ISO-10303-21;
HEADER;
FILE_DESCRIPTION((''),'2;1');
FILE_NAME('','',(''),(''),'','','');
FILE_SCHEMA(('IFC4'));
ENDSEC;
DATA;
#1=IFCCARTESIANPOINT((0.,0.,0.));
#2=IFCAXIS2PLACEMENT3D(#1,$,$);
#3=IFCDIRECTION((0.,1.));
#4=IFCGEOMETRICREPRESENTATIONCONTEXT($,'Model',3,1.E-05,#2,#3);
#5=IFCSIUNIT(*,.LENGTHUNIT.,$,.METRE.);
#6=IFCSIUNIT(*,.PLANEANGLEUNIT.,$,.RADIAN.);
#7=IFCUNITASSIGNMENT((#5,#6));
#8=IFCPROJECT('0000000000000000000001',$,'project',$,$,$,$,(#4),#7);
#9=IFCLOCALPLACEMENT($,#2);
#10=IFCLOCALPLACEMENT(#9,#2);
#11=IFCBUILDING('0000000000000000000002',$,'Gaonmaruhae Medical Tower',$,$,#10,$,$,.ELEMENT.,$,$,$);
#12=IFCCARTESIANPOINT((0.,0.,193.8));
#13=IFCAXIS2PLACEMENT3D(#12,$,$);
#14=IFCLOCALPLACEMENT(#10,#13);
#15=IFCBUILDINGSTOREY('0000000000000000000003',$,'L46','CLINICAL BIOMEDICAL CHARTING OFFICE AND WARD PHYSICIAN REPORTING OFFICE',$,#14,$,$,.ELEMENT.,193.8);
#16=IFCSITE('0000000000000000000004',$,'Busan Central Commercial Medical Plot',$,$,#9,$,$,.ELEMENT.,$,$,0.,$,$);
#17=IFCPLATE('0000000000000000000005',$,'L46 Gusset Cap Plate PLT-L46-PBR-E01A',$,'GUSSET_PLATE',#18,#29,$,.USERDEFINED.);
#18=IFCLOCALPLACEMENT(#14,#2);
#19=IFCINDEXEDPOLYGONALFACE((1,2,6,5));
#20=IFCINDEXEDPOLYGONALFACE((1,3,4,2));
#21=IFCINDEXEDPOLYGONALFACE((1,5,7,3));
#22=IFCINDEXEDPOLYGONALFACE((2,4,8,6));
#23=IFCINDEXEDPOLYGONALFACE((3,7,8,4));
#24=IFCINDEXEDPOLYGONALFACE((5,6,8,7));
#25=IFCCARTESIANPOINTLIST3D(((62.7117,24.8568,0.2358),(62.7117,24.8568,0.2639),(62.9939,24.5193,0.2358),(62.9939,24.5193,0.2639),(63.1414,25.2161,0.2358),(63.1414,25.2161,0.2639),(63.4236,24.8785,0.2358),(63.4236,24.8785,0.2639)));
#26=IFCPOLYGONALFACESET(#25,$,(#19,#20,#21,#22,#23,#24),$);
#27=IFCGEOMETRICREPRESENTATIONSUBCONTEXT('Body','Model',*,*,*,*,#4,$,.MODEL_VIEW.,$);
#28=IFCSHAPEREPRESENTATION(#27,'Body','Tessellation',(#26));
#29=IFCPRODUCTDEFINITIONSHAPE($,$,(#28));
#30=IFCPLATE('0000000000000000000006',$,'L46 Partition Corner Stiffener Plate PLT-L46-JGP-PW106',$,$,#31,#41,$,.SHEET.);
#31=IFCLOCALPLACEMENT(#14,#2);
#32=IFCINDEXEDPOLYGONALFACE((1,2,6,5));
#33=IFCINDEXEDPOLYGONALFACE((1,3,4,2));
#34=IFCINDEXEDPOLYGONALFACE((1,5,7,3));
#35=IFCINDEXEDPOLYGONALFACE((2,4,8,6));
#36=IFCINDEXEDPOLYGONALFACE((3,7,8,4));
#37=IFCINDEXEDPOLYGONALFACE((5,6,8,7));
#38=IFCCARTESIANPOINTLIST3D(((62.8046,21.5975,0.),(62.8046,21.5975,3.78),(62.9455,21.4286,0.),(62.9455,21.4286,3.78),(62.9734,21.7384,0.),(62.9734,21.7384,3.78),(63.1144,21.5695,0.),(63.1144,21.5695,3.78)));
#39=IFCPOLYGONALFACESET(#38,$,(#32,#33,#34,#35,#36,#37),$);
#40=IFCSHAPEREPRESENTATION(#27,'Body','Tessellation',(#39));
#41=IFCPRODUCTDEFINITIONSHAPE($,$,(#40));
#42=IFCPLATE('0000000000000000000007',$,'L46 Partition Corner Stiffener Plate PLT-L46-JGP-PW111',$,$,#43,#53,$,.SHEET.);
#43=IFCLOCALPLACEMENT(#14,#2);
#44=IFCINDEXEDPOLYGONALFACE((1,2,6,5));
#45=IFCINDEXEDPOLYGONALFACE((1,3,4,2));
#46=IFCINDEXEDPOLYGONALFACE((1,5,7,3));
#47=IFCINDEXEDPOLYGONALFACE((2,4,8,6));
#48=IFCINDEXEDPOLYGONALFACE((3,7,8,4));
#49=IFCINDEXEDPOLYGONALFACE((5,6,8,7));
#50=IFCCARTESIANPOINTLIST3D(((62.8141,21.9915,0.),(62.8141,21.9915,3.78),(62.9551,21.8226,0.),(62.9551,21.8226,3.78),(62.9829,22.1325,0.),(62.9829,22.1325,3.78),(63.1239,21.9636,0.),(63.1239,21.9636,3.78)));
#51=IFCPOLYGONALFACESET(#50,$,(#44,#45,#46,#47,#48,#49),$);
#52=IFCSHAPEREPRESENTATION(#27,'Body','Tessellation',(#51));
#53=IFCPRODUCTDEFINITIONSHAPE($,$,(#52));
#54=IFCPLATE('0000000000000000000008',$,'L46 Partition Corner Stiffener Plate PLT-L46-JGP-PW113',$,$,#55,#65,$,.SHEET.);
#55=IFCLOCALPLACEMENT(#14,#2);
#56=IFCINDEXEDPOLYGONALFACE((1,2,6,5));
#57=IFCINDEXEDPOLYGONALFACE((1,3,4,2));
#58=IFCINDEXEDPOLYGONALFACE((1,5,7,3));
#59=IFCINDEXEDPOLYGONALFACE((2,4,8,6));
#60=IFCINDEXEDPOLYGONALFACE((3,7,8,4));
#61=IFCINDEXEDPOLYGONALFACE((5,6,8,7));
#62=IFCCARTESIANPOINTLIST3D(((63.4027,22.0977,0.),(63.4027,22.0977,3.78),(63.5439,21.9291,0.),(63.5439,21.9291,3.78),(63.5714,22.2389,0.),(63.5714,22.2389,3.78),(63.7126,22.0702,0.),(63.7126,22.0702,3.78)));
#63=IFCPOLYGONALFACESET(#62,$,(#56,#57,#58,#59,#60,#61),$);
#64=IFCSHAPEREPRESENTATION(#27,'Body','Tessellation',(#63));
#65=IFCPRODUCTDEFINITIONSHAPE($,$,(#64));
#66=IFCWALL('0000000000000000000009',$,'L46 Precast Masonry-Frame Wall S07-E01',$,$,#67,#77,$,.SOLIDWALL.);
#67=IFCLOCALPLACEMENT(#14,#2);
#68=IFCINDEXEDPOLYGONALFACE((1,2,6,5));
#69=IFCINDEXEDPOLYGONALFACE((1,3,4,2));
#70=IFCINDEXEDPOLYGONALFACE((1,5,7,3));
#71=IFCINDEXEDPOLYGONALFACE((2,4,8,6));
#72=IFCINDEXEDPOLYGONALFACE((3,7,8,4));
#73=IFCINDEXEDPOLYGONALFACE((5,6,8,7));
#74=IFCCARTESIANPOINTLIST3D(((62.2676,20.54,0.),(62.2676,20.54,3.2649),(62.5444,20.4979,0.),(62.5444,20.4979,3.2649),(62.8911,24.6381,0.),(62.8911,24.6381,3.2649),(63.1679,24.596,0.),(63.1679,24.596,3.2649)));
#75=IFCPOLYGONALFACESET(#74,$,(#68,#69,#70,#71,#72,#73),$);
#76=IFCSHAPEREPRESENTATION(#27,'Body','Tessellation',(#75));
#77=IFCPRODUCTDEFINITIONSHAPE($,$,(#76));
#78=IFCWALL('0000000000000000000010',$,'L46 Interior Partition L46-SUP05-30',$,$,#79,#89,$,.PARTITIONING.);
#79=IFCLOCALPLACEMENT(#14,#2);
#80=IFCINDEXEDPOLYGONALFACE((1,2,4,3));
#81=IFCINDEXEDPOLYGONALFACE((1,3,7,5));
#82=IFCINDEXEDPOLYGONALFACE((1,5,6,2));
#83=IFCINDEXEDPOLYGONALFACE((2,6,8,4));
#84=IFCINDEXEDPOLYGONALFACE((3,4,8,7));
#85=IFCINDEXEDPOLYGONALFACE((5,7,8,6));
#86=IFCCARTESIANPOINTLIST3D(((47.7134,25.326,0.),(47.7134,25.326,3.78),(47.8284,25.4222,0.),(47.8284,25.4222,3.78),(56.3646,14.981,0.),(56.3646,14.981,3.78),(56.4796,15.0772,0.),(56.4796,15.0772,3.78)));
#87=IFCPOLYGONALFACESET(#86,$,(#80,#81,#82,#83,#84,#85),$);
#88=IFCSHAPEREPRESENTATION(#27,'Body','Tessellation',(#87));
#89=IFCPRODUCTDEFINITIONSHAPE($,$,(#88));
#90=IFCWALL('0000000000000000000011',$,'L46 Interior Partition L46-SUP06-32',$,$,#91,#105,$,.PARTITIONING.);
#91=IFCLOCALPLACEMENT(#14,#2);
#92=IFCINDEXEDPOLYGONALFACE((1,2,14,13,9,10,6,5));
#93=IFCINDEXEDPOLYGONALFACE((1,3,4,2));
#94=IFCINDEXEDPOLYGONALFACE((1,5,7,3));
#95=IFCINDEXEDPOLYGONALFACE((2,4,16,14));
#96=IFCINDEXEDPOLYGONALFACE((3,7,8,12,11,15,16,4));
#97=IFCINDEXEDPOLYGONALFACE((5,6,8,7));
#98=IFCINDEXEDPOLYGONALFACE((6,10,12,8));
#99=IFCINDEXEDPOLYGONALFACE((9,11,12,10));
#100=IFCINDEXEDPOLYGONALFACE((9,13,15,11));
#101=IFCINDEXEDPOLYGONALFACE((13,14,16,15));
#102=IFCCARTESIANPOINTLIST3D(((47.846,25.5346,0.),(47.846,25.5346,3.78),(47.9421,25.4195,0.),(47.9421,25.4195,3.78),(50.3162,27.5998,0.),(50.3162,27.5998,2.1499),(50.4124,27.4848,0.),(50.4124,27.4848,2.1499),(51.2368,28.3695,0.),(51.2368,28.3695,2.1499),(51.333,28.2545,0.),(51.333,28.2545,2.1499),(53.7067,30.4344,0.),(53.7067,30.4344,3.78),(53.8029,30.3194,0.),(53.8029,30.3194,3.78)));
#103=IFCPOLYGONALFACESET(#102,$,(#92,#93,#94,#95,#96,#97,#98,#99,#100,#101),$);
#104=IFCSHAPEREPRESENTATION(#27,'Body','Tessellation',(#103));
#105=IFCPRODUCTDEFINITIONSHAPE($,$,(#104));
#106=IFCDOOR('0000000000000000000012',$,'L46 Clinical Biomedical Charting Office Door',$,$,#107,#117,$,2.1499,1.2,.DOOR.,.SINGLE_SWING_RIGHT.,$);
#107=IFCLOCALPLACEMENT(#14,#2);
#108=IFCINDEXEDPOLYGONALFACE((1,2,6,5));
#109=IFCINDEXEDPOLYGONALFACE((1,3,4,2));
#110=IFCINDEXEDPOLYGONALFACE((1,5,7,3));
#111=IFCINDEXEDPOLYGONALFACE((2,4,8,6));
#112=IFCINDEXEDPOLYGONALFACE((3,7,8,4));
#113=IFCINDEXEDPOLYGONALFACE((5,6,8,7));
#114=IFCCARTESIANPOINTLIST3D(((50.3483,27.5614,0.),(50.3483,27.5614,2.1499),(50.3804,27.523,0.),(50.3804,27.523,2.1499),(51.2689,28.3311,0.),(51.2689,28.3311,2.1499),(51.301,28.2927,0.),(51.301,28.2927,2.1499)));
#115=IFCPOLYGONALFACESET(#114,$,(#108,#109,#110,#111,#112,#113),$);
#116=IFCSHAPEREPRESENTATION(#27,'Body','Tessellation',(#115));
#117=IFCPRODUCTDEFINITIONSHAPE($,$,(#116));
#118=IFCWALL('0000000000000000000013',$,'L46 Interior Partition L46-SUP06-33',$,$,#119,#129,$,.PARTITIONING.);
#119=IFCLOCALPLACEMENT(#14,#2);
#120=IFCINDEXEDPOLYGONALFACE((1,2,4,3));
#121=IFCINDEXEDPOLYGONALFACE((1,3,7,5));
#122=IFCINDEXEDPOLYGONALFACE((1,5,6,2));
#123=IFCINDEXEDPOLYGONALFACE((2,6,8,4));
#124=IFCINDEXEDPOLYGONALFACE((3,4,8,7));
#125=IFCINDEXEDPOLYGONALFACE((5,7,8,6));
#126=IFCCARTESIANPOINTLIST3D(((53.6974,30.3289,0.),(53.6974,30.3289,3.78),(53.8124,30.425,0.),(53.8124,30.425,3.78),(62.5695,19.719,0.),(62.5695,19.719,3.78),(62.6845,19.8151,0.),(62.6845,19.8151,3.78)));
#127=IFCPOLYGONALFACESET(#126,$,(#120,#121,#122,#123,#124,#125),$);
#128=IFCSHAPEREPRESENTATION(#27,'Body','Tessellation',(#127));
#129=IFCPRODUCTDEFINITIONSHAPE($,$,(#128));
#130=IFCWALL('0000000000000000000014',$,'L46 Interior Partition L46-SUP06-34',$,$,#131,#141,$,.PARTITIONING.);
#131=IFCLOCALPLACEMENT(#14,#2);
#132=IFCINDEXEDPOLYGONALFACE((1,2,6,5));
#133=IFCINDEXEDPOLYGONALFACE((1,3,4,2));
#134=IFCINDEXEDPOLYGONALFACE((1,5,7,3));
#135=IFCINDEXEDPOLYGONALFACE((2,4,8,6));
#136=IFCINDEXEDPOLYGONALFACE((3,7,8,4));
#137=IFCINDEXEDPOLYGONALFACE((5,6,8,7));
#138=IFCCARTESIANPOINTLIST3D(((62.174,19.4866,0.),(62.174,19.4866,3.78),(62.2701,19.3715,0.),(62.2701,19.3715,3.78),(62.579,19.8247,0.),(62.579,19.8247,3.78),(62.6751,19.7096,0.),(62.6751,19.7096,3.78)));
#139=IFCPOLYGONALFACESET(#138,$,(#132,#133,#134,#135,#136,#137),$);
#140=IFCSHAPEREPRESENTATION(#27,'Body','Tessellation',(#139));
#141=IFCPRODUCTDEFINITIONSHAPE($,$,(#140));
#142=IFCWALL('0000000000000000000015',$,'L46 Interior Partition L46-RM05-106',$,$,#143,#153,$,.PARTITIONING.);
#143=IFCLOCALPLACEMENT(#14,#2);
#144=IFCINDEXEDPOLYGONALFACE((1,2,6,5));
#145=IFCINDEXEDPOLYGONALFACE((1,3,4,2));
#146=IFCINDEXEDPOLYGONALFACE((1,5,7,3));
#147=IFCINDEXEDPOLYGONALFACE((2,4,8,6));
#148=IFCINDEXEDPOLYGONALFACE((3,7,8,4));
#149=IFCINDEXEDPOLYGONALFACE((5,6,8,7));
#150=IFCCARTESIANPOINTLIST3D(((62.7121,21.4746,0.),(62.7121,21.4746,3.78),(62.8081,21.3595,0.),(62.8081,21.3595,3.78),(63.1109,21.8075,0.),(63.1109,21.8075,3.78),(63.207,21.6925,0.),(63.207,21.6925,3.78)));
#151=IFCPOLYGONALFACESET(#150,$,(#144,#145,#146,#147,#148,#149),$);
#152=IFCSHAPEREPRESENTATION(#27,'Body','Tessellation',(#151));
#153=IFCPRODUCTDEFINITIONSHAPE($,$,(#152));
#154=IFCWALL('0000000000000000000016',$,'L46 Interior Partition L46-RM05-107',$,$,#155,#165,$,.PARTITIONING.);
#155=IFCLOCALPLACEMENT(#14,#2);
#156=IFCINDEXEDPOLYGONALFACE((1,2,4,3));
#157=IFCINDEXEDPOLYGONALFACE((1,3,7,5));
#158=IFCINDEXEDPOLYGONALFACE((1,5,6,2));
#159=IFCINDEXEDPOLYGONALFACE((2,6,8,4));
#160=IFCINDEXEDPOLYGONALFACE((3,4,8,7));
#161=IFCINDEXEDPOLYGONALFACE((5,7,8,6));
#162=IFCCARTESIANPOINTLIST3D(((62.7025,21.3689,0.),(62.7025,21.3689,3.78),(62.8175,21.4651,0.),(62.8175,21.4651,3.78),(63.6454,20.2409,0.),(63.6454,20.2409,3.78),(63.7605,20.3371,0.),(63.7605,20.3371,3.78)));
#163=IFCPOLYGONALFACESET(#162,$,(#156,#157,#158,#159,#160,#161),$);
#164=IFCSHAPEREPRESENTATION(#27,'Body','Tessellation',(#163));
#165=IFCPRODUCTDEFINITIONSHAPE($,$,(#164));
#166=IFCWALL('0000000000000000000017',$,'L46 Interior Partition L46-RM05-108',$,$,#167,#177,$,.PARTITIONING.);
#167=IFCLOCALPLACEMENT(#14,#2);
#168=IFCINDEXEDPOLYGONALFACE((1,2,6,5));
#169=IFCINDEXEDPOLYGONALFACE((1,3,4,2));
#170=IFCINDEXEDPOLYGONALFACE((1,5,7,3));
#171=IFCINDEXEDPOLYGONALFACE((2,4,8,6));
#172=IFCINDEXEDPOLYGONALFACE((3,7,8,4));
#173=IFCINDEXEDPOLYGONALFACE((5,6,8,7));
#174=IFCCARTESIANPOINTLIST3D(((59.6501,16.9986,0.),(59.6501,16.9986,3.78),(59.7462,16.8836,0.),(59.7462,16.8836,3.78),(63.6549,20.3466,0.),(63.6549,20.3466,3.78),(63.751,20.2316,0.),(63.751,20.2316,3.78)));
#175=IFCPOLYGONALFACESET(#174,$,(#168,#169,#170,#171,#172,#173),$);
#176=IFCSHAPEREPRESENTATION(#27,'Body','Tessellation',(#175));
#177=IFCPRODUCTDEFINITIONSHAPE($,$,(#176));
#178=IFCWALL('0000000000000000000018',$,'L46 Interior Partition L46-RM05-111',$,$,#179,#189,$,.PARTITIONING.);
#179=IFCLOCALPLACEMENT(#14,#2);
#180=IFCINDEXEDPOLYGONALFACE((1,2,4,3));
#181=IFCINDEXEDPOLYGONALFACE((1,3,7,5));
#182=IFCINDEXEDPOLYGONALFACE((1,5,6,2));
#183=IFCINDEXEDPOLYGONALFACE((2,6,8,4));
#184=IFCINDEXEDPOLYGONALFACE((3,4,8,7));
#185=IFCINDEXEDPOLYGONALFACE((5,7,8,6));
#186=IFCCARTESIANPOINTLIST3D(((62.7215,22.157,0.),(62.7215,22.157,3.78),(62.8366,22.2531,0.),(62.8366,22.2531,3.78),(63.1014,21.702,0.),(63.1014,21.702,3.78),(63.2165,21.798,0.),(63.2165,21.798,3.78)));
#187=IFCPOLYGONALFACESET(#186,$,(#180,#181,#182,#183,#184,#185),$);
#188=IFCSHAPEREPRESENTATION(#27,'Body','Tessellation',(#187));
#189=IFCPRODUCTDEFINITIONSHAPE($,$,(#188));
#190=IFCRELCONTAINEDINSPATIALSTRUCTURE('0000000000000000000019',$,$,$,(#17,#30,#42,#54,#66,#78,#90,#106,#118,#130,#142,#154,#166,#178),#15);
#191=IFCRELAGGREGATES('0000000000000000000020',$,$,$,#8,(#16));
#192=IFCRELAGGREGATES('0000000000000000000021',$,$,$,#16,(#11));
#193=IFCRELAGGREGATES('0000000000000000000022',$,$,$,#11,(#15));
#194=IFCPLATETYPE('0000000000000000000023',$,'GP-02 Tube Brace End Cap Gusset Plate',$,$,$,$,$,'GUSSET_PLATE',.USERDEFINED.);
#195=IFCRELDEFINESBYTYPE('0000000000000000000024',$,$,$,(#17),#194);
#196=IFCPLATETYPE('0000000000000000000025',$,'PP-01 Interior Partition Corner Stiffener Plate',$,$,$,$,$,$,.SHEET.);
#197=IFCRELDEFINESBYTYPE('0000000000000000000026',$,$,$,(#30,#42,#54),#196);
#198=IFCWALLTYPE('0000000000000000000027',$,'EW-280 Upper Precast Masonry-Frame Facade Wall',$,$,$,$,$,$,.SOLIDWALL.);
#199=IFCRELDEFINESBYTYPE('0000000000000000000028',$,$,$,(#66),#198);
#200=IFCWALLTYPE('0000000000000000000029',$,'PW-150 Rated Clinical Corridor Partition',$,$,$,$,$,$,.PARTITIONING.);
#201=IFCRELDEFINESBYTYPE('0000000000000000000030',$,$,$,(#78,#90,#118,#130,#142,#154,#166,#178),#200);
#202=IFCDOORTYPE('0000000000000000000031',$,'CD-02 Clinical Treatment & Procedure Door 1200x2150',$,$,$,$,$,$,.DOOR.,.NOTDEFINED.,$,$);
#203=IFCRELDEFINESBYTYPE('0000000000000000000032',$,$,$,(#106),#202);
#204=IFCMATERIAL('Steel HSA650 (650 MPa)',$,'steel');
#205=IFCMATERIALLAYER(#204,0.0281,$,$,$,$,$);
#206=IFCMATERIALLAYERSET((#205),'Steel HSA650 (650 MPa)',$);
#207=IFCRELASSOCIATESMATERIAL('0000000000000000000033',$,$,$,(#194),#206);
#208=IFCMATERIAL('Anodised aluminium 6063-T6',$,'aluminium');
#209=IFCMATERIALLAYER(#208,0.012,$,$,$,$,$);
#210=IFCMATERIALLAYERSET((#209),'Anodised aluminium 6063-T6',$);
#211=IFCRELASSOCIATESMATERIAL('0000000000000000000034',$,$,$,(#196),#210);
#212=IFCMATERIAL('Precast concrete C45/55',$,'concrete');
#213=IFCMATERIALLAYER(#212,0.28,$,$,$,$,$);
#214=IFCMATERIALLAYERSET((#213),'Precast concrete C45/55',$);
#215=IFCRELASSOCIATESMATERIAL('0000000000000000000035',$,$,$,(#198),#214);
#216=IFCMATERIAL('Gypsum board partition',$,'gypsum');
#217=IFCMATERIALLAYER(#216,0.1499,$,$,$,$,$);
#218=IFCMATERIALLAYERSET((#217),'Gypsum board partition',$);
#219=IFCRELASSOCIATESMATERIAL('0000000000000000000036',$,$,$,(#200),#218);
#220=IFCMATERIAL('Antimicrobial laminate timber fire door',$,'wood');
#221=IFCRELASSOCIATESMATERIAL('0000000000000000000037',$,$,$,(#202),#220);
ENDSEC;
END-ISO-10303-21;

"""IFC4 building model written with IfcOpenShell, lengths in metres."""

from ifc_helpers import new_model, si_unit, direction, frame, frame_2d, origin, origin_2d, place, context, subcontext, project, spatial, rectangle, extrude, material, layer, layer_set, type_object, element, fill, save


model = new_model("IFC4")

# Units and contexts
model_context = context("Model", 3, precision=1e-05, world=origin(), true_north=direction((0.0, 1.0)))
body_context = subcontext(model_context, "Body", "Model", "MODEL_VIEW")
ifc_project = project(units=[si_unit("LENGTHUNIT", "METRE"), si_unit("PLANEANGLEUNIT", "RADIAN")], contexts=[model_context])

# Site, building, storey
site_placement = place(None, origin())
site = spatial("IfcSite", under=ifc_project, at=site_placement, Name="Busan Central Commercial Medical Plot", CompositionType="ELEMENT", RefElevation=0.0)
building_placement = place(site_placement, origin())
building = spatial("IfcBuilding", under=site, at=building_placement, Name="Gaonmaruhae Medical Tower", CompositionType="ELEMENT")
storey_placement = place(building_placement, frame((0.0, 0.0, 193.8)))
storey = spatial("IfcBuildingStorey", under=building, at=storey_placement, Name="L46", Description="CLINICAL BIOMEDICAL CHARTING OFFICE AND WARD PHYSICIAN REPORTING OFFICE", CompositionType="ELEMENT", Elevation=193.8)

# Plates
ifc_material_1 = material(Name="Steel HSA650 (650 MPa)", Category="steel")
ifc_layer_1 = layer(ifc_material_1, 0.0281)
ifc_layer_set_1 = layer_set([ifc_layer_1], Name="Steel HSA650 (650 MPa)")
plate_type_1 = type_object("IfcPlateType", Name="GP-02 Tube Brace End Cap Gusset Plate", ElementType="GUSSET_PLATE", PredefinedType="USERDEFINED", material=ifc_layer_set_1)
plate_placement = place(storey_placement, frame((63.0676, 24.8677, 0.2358), z_axis=(0.0, 0.0, 1.0), x_axis=(0.767165, 0.64145, 0.0)))
element("IfcPlate", 1, at=plate_placement, inside=storey, type_object=plate_type_1, Name="L46 Gusset Cap Plate PLT-L46-PBR-E01A", ObjectType="GUSSET_PLATE", PredefinedType="USERDEFINED", context=body_context, shape_type="SweptSolid", body=[
    extrude(rectangle(XDim=0.5601, YDim=0.4399, at=origin_2d()), origin(), (0.0, 0.0, 1.0), 0.0281),
])
ifc_material_2 = material(Name="Anodised aluminium 6063-T6", Category="aluminium")
ifc_layer_2 = layer(ifc_material_2, 0.012)
ifc_layer_set_2 = layer_set([ifc_layer_2], Name="Anodised aluminium 6063-T6")
plate_type_2 = type_object("IfcPlateType", Name="PP-01 Interior Partition Corner Stiffener Plate", PredefinedType="SHEET", material=ifc_layer_set_2)
for number, where, z_axis, x_axis, name in (
    (2, (62.9595, 21.5835, 0.0), (0.0, 0.0, 1.0), (-0.767747, -0.640753, 0.0), "L46 Partition Corner Stiffener Plate PLT-L46-JGP-PW106"),
    (3, (62.969, 21.9775, 0.0), (0.0, 0.0, 1.0), (0.641008, -0.767534, 0.0), "L46 Partition Corner Stiffener Plate PLT-L46-JGP-PW111"),
    (4, (63.5576, 22.084, 0.0), (0.0, 0.0, 1.0), (-0.766885, -0.641784, 0.0), "L46 Partition Corner Stiffener Plate PLT-L46-JGP-PW113"),
):
    element("IfcPlate", number, at=place(storey_placement, frame(where, z_axis=z_axis, x_axis=x_axis)), inside=storey, type_object=plate_type_2, Name=name, PredefinedType="SHEET", context=body_context, shape_type="SweptSolid", body=[
        extrude(rectangle(XDim=0.22, YDim=0.22, at=origin_2d()), origin(), (0.0, 0.0, 1.0), 3.78),
    ])

# Walls
ifc_material_3 = material(Name="Precast concrete C45/55", Category="concrete")
ifc_layer_3 = layer(ifc_material_3, 0.28)
ifc_layer_set_3 = layer_set([ifc_layer_3], Name="Precast concrete C45/55")
wall_type_1 = type_object("IfcWallType", Name="EW-280 Upper Precast Masonry-Frame Facade Wall", PredefinedType="SOLIDWALL", material=ifc_layer_set_3)
wall_1_placement = place(storey_placement, frame((63.0295, 24.6172, 0.0), z_axis=(0.0, 0.0, 1.0), x_axis=(-0.150419, -0.988622, 0.0)))
element("IfcWall", 5, at=wall_1_placement, inside=storey, type_object=wall_type_1, Name="L46 Precast Masonry-Frame Wall S07-E01", PredefinedType="SOLIDWALL", context=body_context, shape_type="SweptSolid", body=[
    extrude(rectangle(XDim=4.1453, YDim=0.28, at=frame_2d((2.0728, 0.0))), origin(), (0.0, 0.0, 1.0), 3.2649),
])
ifc_material_4 = material(Name="Gypsum board partition", Category="gypsum")
ifc_layer_4 = layer(ifc_material_4, 0.1499)
ifc_layer_set_4 = layer_set([ifc_layer_4], Name="Gypsum board partition")
wall_type_2 = type_object("IfcWallType", Name="PW-150 Rated Clinical Corridor Partition", PredefinedType="PARTITIONING", material=ifc_layer_set_4)
wall_2_placement = place(storey_placement, frame((47.771, 25.374, 0.0), z_axis=(0.0, 0.0, 1.0), x_axis=(0.64151, -0.767115, 0.0)))
element("IfcWall", 6, at=wall_2_placement, inside=storey, type_object=wall_type_2, Name="L46 Interior Partition L46-SUP05-30", PredefinedType="PARTITIONING", context=body_context, shape_type="SweptSolid", body=[
    extrude(rectangle(XDim=13.4856, YDim=0.1499, at=frame_2d((6.7427, 0.0))), origin(), (0.0, 0.0, 1.0), 3.78),
])

# Wall, opening, door
wall_3_placement = place(storey_placement, frame((47.894, 25.4771, 0.0), z_axis=(0.0, 0.0, 1.0), x_axis=(0.767199, 0.64141, 0.0)))
wall_3 = element("IfcWall", 7, at=wall_3_placement, inside=storey, type_object=wall_type_2, Name="L46 Interior Partition L46-SUP06-32", PredefinedType="PARTITIONING", context=body_context, shape_type="SweptSolid", body=[
    extrude(rectangle(XDim=7.6392, YDim=0.1499, at=frame_2d((3.8196, 0.0))), origin(), (0.0, 0.0, 1.0), 3.78),
])
opening_placement = place(wall_3_placement, frame((3.2197, 0.0, 0.0)))
opening = element("IfcOpeningElement", 8, at=opening_placement, cuts=wall_3, PredefinedType="OPENING", context=body_context, shape_type="SweptSolid", body=[
    extrude(rectangle(XDim=1.2, YDim=2.1499, at=frame_2d((0.6001, 1.075))), frame((0.0, 0.085, 0.0), z_axis=(0.0, -1.0, 0.0), x_axis=(1.0, 0.0, 0.0)), (0.0, 0.0, 1.0), 0.1699),
])
ifc_material_5 = material(Name="Antimicrobial laminate timber fire door", Category="wood")
door_type = type_object("IfcDoorType", Name="CD-02 Clinical Treatment & Procedure Door 1200x2150", OperationType="NOTDEFINED", PredefinedType="DOOR", material=ifc_material_5)
door_placement = place(opening_placement, origin())
door = element("IfcDoor", 9, at=door_placement, inside=storey, type_object=door_type, Name="L46 Clinical Biomedical Charting Office Door", OperationType="SINGLE_SWING_RIGHT", OverallHeight=2.1499, OverallWidth=1.2, PredefinedType="DOOR", context=body_context, shape_type="SweptSolid", body=[
    extrude(rectangle(XDim=1.2, YDim=2.1499, at=frame_2d((0.6001, 1.075))), frame((0.0, 0.0249, 0.0), z_axis=(0.0, -1.0, 0.0), x_axis=(1.0, 0.0, 0.0)), (0.0, 0.0, 1.0), 0.05),
])
fill(opening, door)

# Walls
wall_4_placement = place(storey_placement, frame((53.7549, 30.377, 0.0), z_axis=(0.0, 0.0, 1.0), x_axis=(0.641486, -0.767135, 0.0)))
element("IfcWall", 10, at=wall_4_placement, inside=storey, type_object=wall_type_2, Name="L46 Interior Partition L46-SUP06-33", PredefinedType="PARTITIONING", context=body_context, shape_type="SweptSolid", body=[
    extrude(rectangle(XDim=13.8306, YDim=0.1499, at=frame_2d((6.9153, 0.0))), origin(), (0.0, 0.0, 1.0), 3.78),
])
wall_5_placement = place(storey_placement, frame((62.627, 19.7671, 0.0), z_axis=(0.0, 0.0, 1.0), x_axis=(-0.767652, -0.640867, 0.0)))
element("IfcWall", 11, at=wall_5_placement, inside=storey, type_object=wall_type_2, Name="L46 Interior Partition L46-SUP06-34", PredefinedType="PARTITIONING", context=body_context, shape_type="SweptSolid", body=[
    extrude(rectangle(XDim=0.5276, YDim=0.1499, at=frame_2d((0.2637, 0.0))), origin(), (0.0, 0.0, 1.0), 3.78),
])
wall_6_placement = place(storey_placement, frame((63.1589, 21.75, 0.0), z_axis=(0.0, 0.0, 1.0), x_axis=(-0.767682, -0.640831, 0.0)))
element("IfcWall", 12, at=wall_6_placement, inside=storey, type_object=wall_type_2, Name="L46 Interior Partition L46-RM05-106", PredefinedType="PARTITIONING", context=body_context, shape_type="SweptSolid", body=[
    extrude(rectangle(XDim=0.5195, YDim=0.1499, at=frame_2d((0.2598, 0.0))), origin(), (0.0, 0.0, 1.0), 3.78),
])
wall_7_placement = place(storey_placement, frame((62.76, 21.417, 0.0), z_axis=(0.0, 0.0, 1.0), x_axis=(0.64136, -0.76724, 0.0)))
element("IfcWall", 13, at=wall_7_placement, inside=storey, type_object=wall_type_2, Name="L46 Interior Partition L46-RM05-107", PredefinedType="PARTITIONING", context=body_context, shape_type="SweptSolid", body=[
    extrude(rectangle(XDim=1.4702, YDim=0.1499, at=frame_2d((0.7351, 0.0))), origin(), (0.0, 0.0, 1.0), 3.78),
])
wall_8_placement = place(storey_placement, frame((63.7029, 20.2891, 0.0), z_axis=(0.0, 0.0, 1.0), x_axis=(-0.767208, -0.641398, 0.0)))
element("IfcWall", 14, at=wall_8_placement, inside=storey, type_object=wall_type_2, Name="L46 Interior Partition L46-RM05-108", PredefinedType="PARTITIONING", context=body_context, shape_type="SweptSolid", body=[
    extrude(rectangle(XDim=5.22, YDim=0.1499, at=frame_2d((2.6099, 0.0))), origin(), (0.0, 0.0, 1.0), 3.78),
])
wall_9_placement = place(storey_placement, frame((62.7791, 22.2051, 0.0), z_axis=(0.0, 0.0, 1.0), x_axis=(0.640832, -0.767681, 0.0)))
element("IfcWall", 15, at=wall_9_placement, inside=storey, type_object=wall_type_2, Name="L46 Interior Partition L46-RM05-111", PredefinedType="PARTITIONING", context=body_context, shape_type="SweptSolid", body=[
    extrude(rectangle(XDim=0.5928, YDim=0.1499, at=frame_2d((0.2964, 0.0))), origin(), (0.0, 0.0, 1.0), 3.78),
])

save(model, "model.ifc")
